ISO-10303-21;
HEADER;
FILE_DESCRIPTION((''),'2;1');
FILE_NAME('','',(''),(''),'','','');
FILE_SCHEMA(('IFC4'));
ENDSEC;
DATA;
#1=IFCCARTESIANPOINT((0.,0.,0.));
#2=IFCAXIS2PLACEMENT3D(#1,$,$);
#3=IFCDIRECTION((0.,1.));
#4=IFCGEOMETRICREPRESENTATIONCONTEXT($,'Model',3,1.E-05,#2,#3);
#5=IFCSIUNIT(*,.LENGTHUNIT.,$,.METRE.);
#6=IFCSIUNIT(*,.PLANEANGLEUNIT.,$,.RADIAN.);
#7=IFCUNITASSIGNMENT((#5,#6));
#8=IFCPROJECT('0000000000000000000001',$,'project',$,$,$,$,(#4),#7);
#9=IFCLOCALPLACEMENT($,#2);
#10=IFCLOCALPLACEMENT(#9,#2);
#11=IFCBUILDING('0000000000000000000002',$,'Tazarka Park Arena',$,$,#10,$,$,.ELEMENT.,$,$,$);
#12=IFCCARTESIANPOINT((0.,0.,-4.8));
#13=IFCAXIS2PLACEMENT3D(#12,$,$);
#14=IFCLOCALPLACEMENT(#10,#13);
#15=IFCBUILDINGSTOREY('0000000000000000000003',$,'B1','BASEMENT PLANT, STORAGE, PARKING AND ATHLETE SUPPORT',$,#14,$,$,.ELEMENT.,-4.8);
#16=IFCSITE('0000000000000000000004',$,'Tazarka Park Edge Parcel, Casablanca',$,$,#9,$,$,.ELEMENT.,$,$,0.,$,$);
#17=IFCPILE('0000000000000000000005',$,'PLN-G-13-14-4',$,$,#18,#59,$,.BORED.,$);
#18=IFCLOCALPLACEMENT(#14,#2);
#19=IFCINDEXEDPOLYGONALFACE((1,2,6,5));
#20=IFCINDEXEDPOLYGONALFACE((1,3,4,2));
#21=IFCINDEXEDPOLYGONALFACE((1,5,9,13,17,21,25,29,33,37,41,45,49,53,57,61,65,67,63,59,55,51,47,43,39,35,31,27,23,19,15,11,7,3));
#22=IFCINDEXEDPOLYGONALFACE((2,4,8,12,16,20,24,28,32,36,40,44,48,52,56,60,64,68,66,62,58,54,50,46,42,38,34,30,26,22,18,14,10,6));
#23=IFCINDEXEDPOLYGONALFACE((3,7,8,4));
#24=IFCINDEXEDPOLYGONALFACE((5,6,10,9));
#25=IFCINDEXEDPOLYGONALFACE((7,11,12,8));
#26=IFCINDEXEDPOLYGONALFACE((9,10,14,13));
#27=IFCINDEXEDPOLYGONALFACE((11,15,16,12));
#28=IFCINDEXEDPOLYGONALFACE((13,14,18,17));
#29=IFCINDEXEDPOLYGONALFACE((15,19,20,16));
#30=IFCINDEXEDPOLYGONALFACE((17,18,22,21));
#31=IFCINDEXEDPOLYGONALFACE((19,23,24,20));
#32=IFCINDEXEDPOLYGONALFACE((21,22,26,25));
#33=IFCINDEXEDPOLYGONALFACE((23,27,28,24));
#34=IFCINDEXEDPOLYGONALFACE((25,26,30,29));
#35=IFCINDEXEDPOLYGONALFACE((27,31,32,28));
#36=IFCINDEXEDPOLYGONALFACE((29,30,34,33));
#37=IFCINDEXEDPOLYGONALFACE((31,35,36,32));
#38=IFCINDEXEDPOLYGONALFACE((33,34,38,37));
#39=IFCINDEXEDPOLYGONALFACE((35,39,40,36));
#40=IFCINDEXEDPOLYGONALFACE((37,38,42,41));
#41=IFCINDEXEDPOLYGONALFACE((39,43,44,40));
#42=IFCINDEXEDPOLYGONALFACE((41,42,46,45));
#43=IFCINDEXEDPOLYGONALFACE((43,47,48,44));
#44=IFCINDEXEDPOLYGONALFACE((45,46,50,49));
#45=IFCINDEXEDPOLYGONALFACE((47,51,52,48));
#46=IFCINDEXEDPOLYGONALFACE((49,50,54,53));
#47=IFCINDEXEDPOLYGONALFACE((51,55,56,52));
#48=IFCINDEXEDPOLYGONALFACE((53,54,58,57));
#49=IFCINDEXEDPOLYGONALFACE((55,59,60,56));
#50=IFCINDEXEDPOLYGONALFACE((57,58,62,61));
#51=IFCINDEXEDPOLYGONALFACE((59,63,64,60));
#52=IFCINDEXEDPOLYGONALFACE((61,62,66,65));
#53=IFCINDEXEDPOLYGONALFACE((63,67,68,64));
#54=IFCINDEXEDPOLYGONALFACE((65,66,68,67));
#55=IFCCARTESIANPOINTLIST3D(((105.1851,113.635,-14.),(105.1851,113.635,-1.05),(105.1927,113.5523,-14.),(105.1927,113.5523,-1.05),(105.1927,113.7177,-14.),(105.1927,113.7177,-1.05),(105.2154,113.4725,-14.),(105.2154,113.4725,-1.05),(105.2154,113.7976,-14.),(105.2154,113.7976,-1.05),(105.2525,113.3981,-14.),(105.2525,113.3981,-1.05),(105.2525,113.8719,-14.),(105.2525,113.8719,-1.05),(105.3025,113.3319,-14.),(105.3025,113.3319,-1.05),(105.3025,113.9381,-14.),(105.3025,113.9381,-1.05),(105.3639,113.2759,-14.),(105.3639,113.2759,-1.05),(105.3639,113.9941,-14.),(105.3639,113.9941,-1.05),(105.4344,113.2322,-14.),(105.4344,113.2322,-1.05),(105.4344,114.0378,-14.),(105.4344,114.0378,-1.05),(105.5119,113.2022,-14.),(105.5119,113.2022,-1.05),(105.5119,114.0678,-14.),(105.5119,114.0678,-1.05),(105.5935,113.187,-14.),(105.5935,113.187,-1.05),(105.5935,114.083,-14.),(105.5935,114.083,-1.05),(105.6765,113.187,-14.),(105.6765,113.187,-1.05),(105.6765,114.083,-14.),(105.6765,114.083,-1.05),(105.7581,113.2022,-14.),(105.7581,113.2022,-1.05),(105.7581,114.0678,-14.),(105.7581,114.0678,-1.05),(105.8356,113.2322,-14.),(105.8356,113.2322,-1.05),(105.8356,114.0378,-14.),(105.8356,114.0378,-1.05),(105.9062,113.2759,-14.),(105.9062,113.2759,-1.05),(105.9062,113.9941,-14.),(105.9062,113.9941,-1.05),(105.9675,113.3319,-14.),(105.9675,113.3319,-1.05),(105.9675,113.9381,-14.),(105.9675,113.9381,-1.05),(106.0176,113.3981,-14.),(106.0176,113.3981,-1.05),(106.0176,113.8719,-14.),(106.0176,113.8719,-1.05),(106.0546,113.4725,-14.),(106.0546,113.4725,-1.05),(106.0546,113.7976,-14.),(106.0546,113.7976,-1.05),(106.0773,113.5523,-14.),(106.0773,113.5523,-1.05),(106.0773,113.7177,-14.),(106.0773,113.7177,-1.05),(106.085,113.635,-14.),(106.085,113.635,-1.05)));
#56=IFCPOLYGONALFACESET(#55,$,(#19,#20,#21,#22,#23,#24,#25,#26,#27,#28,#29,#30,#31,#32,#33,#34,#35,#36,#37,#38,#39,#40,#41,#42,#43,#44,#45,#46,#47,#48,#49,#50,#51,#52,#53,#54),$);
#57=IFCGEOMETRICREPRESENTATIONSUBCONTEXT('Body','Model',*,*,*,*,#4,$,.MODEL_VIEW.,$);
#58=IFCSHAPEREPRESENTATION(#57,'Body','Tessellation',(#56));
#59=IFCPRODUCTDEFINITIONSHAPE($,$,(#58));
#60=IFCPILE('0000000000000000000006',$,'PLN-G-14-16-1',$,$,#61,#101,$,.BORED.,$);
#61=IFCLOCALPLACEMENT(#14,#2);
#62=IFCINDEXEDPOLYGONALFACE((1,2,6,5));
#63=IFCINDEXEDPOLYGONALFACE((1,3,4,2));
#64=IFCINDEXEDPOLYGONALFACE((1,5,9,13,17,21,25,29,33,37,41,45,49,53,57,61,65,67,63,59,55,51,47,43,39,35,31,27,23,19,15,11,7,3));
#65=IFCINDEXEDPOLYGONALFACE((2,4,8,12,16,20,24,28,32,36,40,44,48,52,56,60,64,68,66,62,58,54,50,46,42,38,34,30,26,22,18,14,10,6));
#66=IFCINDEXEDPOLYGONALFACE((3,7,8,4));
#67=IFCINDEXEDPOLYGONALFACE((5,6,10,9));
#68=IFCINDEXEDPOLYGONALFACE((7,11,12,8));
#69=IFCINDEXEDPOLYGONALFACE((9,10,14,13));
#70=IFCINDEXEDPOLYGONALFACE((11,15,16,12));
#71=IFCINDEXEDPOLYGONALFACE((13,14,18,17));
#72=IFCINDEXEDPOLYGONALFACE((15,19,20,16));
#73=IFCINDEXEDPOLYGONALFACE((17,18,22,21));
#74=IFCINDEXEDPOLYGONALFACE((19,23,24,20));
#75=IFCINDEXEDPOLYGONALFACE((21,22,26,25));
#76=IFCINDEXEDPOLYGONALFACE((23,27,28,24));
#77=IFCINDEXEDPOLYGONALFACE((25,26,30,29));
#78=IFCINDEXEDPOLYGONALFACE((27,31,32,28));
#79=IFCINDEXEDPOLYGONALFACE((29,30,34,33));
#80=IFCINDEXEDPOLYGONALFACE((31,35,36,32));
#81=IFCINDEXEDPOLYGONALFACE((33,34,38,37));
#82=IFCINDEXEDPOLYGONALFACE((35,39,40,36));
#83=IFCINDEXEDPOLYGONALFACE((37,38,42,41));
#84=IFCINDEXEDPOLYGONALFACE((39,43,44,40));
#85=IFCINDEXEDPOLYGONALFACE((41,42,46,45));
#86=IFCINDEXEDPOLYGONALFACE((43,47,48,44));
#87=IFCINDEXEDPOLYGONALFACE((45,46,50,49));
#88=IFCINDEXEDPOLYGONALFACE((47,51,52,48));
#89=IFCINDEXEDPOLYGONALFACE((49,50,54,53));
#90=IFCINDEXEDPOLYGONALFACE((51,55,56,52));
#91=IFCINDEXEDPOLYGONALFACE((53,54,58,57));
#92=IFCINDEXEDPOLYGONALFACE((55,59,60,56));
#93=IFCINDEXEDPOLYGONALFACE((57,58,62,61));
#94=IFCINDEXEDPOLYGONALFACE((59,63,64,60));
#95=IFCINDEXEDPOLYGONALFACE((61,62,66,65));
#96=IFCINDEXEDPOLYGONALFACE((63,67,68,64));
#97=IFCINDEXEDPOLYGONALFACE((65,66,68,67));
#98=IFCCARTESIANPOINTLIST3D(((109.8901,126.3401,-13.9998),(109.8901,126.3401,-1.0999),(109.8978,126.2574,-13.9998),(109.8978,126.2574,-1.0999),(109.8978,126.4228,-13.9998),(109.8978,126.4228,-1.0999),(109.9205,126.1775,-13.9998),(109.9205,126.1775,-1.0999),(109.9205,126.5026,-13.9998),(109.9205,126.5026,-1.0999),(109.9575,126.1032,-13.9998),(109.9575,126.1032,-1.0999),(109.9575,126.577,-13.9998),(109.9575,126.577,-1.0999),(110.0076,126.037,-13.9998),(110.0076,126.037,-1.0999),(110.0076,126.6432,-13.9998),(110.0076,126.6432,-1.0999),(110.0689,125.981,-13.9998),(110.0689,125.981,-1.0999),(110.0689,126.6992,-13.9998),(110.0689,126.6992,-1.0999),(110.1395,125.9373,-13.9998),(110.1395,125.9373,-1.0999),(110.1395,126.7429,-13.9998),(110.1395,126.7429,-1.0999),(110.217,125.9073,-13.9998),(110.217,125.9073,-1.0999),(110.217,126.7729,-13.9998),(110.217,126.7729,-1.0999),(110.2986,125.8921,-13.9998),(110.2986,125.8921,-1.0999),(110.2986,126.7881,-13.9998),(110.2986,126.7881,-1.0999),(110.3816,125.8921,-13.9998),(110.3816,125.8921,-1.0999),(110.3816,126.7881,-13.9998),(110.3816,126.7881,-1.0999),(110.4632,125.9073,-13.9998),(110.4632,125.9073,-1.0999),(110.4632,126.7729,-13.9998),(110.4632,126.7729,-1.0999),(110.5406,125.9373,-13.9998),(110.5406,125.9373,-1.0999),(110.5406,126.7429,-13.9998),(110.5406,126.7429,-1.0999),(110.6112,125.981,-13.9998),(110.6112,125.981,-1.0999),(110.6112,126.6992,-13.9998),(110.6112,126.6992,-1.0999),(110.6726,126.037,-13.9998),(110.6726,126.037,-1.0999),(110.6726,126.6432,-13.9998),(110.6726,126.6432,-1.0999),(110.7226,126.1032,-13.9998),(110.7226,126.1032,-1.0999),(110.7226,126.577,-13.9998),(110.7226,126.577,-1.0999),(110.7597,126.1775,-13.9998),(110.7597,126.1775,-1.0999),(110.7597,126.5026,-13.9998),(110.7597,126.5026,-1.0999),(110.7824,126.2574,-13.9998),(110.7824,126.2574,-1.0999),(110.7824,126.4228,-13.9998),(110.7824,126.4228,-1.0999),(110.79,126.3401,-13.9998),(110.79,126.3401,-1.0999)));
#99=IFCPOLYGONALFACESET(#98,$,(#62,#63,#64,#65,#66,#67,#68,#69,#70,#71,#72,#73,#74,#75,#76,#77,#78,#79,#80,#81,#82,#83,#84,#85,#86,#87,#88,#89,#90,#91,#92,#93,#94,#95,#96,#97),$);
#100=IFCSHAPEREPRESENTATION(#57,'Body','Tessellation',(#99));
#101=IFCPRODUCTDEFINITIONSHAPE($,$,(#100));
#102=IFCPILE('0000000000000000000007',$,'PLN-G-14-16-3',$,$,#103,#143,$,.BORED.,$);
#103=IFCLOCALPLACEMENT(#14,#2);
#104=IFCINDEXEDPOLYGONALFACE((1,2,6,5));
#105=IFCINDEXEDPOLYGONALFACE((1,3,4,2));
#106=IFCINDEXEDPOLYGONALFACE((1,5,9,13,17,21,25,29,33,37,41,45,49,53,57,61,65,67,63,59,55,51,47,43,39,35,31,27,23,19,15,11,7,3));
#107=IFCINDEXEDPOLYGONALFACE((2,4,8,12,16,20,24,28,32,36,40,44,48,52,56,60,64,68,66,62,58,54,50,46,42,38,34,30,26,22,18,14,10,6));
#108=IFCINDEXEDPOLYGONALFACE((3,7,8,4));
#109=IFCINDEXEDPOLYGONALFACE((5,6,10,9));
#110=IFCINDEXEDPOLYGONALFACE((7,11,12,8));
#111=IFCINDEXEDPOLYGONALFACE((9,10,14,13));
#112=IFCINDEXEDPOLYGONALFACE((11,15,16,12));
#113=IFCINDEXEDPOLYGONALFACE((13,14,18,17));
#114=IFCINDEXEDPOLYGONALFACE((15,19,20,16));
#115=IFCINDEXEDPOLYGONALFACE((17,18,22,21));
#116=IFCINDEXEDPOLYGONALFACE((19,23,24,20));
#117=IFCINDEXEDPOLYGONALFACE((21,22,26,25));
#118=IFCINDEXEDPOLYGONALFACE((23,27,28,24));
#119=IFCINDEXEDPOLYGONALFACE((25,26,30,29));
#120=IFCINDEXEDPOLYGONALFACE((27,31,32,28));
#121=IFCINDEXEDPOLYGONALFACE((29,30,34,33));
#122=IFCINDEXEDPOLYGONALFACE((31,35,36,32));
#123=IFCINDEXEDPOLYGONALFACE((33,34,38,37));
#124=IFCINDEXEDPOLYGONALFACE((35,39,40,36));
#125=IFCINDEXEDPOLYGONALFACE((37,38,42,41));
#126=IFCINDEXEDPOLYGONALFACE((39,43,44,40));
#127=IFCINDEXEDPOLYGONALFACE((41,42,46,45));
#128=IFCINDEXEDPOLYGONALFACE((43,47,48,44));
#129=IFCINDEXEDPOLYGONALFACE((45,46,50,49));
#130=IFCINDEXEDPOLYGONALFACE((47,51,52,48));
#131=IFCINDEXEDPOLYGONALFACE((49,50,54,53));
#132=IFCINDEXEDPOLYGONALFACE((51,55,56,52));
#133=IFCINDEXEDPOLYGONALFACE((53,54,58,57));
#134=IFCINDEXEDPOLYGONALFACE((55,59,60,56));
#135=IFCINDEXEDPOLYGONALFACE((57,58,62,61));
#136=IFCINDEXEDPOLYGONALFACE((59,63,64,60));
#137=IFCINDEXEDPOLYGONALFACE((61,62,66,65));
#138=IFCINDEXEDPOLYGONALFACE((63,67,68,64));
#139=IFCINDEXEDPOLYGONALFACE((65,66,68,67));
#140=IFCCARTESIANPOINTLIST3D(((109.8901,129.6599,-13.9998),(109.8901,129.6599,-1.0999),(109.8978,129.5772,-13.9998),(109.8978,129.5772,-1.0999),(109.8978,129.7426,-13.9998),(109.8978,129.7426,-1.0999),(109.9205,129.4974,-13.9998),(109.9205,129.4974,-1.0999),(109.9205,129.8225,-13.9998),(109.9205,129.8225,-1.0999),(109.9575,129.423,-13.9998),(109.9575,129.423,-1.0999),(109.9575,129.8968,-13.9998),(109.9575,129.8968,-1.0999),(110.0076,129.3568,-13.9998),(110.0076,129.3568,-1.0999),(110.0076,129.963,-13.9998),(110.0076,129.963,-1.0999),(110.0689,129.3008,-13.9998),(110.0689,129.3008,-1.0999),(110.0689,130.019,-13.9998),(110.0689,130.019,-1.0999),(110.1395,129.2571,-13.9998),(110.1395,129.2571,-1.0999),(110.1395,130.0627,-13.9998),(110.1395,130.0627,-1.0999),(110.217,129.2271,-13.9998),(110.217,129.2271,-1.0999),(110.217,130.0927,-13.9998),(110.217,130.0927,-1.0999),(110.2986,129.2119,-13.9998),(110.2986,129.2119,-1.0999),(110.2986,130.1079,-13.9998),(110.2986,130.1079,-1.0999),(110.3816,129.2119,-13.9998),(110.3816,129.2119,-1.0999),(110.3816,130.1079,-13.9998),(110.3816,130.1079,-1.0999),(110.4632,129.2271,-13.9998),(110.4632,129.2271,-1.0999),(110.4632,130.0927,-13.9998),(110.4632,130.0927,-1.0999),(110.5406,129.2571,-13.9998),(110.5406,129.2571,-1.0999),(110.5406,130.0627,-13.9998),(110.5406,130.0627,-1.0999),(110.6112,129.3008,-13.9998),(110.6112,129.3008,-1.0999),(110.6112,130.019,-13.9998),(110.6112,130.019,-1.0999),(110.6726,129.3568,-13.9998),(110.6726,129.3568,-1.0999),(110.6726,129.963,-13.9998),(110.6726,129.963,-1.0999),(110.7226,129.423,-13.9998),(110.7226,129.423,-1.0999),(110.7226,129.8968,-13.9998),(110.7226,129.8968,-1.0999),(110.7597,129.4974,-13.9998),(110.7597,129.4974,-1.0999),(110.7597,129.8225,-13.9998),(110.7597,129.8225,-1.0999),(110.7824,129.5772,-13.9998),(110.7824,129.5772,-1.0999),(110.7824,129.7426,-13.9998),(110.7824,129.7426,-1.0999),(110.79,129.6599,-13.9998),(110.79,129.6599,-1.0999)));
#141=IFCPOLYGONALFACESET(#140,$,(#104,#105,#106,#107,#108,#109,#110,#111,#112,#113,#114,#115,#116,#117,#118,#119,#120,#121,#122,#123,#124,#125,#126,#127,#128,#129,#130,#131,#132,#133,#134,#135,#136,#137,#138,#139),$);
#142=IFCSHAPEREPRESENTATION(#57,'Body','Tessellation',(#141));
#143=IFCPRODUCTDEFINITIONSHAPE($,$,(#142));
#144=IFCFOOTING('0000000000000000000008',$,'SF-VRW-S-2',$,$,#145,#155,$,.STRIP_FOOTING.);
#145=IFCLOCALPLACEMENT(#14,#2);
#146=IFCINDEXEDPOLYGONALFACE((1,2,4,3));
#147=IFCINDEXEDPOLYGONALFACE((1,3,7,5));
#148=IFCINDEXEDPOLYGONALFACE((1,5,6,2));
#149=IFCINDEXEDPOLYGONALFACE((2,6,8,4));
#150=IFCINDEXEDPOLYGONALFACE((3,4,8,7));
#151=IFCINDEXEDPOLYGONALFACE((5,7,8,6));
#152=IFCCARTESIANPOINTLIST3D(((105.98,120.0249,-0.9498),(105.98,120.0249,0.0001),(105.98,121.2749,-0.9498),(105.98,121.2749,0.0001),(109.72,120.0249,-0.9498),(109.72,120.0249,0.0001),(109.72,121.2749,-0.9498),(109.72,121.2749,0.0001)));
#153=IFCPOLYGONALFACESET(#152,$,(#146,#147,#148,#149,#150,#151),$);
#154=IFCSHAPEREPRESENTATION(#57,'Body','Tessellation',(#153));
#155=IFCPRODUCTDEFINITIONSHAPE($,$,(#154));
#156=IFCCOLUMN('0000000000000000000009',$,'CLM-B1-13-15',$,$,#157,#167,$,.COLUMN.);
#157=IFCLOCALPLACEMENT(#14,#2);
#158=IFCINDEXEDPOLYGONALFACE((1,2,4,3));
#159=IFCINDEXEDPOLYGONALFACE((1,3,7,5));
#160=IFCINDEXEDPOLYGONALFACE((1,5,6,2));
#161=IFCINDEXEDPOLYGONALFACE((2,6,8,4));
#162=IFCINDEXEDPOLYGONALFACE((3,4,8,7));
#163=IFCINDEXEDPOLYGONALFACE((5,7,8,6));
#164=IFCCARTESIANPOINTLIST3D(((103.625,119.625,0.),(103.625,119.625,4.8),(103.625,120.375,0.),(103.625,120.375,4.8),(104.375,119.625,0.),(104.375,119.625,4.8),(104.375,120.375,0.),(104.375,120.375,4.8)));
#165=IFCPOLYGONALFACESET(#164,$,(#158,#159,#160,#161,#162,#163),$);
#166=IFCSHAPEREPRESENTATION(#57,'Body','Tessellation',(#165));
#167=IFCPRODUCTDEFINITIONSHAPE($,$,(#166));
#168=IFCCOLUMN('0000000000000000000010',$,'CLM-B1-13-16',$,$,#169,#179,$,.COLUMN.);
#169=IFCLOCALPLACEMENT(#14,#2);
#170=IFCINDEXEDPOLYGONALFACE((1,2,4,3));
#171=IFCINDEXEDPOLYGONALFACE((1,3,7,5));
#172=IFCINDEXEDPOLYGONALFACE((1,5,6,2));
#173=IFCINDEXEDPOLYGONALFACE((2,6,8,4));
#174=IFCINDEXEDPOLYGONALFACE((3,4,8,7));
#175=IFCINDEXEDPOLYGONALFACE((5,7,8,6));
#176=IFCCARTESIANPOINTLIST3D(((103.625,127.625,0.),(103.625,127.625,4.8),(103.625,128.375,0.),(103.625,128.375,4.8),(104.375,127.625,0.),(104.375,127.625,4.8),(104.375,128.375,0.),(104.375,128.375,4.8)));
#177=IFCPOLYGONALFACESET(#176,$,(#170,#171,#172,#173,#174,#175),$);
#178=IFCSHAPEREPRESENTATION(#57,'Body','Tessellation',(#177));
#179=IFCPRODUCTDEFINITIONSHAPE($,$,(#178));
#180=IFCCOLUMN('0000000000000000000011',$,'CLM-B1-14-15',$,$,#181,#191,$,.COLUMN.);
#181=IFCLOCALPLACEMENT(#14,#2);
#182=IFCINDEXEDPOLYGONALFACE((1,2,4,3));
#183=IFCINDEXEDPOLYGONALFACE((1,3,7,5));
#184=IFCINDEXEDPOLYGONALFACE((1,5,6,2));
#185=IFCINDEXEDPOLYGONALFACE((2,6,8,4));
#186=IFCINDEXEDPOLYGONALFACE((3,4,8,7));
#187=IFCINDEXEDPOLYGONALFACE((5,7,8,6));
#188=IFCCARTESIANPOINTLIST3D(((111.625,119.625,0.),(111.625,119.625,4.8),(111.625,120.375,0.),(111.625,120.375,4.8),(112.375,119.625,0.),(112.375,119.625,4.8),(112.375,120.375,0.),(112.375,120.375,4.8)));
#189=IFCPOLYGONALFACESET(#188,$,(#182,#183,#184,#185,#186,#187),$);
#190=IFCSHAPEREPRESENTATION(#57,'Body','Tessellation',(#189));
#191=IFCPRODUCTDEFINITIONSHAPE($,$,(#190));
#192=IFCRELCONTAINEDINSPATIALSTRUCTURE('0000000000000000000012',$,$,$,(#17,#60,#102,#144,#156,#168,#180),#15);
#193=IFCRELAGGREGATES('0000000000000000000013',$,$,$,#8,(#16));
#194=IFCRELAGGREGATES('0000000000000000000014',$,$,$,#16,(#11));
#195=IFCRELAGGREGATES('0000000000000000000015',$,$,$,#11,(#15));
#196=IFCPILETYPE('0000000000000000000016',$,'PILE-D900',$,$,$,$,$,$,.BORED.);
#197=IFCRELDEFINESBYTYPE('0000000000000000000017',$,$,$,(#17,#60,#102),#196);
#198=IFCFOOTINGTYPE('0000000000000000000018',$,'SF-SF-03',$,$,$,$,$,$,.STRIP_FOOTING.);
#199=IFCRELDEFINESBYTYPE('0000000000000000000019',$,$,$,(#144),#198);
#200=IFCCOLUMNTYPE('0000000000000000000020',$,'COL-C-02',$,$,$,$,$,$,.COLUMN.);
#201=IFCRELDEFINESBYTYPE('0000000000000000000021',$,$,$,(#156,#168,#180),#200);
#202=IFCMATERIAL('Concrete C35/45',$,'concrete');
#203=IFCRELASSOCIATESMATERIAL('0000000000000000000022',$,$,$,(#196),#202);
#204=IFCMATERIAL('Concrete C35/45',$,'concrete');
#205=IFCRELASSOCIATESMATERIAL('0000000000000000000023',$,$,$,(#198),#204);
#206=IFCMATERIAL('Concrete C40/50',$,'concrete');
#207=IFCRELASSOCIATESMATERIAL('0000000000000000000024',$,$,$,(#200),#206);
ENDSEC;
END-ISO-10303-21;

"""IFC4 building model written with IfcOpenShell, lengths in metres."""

from ifc_helpers import new_model, si_unit, direction, frame, origin, origin_2d, place, context, subcontext, project, spatial, rectangle, circle, extrude, material, material_profile, profile_set, type_object, element, save


model = new_model("IFC4")

# Units and contexts
model_context = context("Model", 3, precision=1e-05, world=origin(), true_north=direction((0.0, 1.0)))
body_context = subcontext(model_context, "Body", "Model", "MODEL_VIEW")
ifc_project = project(units=[si_unit("LENGTHUNIT", "METRE"), si_unit("PLANEANGLEUNIT", "RADIAN")], contexts=[model_context])

# Site, building, storey
site_placement = place(None, origin())
site = spatial("IfcSite", under=ifc_project, at=site_placement, Name="Tazarka Park Edge Parcel, Casablanca", CompositionType="ELEMENT", RefElevation=0.0)
building_placement = place(site_placement, origin())
building = spatial("IfcBuilding", under=site, at=building_placement, Name="Tazarka Park Arena", CompositionType="ELEMENT")
storey_placement = place(building_placement, frame((0.0, 0.0, -4.8)))
storey = spatial("IfcBuildingStorey", under=building, at=storey_placement, Name="B1", Description="BASEMENT PLANT, STORAGE, PARKING AND ATHLETE SUPPORT", CompositionType="ELEMENT", Elevation=-4.8)

# Piles
ifc_material_1 = material(Name="Concrete C35/45", Category="concrete")
ifc_material_profile_1 = material_profile(ifc_material_1, circle(Radius=0.45, at=origin_2d()), Name="Concrete C35/45")
ifc_profile_set_1 = profile_set([ifc_material_profile_1], Name="Concrete C35/45")
pile_type_1 = type_object("IfcPileType", Name="PILE-D900", PredefinedType="BORED", material=ifc_profile_set_1)
for number, where, z_axis, x_axis, name in (
    (1, (105.635, 113.635, -1.05), (0.0, 0.0, -1.0), (1.0, 0.0, 0.0), "PLN-G-13-14-4"),
):
    element("IfcPile", number, at=place(storey_placement, frame(where, z_axis=z_axis, x_axis=x_axis)), inside=storey, type_object=pile_type_1, Name=name, PredefinedType="BORED", context=body_context, shape_type="SweptSolid", body=[
        extrude(circle(Radius=0.45, at=origin_2d()), origin(), (0.0, 0.0, 1.0), 12.95),
    ])
for number, where, z_axis, x_axis, name in (
    (2, (110.3401, 126.3401, -1.0999), (0.0, 0.0, -1.0), (1.0, 0.0, 0.0), "PLN-G-14-16-1"),
    (3, (110.3401, 129.6599, -1.0999), (0.0, 0.0, -1.0), (1.0, 0.0, 0.0), "PLN-G-14-16-3"),
):
    element("IfcPile", number, at=place(storey_placement, frame(where, z_axis=z_axis, x_axis=x_axis)), inside=storey, type_object=pile_type_1, Name=name, PredefinedType="BORED", context=body_context, shape_type="SweptSolid", body=[
        extrude(circle(Radius=0.45, at=origin_2d()), origin(), (0.0, 0.0, 1.0), 12.8999),
    ])

# Footing
ifc_material_2 = material(Name="Concrete C35/45", Category="concrete")
ifc_material_profile_2 = material_profile(ifc_material_2, rectangle(XDim=1.25, YDim=0.95, at=origin_2d()), Name="Concrete C35/45")
ifc_profile_set_2 = profile_set([ifc_material_profile_2], Name="Concrete C35/45")
footing_type_1 = type_object("IfcFootingType", Name="SF-SF-03", PredefinedType="STRIP_FOOTING", material=ifc_profile_set_2)
footing_1_placement = place(storey_placement, frame((105.98, 120.6499, -0.4749), z_axis=(1.0, 0.0, 0.0), x_axis=(0.0, 1.0, 0.0)))
element("IfcFooting", 4, at=footing_1_placement, inside=storey, type_object=footing_type_1, Name="SF-VRW-S-2", PredefinedType="STRIP_FOOTING", context=body_context, shape_type="SweptSolid", body=[
    extrude(rectangle(XDim=1.25, YDim=0.95, at=origin_2d()), origin(), (0.0, 0.0, 1.0), 3.74),
])

# Columns
ifc_material_3 = material(Name="Concrete C40/50", Category="concrete")
ifc_material_profile_3 = material_profile(ifc_material_3, rectangle(XDim=0.75, YDim=0.75, at=origin_2d()), Name="Concrete C40/50")
ifc_profile_set_3 = profile_set([ifc_material_profile_3], Name="Concrete C40/50")
column_type = type_object("IfcColumnType", Name="COL-C-02", PredefinedType="COLUMN", material=ifc_profile_set_3)
for number, where, z_axis, x_axis, name in (
    (5, (104.0, 120.0, 0.0), (0.0, 0.0, 1.0), (1.0, 0.0, 0.0), "CLM-B1-13-15"),
    (6, (104.0, 128.0, 0.0), (0.0, 0.0, 1.0), (1.0, 0.0, 0.0), "CLM-B1-13-16"),
    (7, (112.0, 120.0, 0.0), (0.0, 0.0, 1.0), (1.0, 0.0, 0.0), "CLM-B1-14-15"),
):
    element("IfcColumn", number, at=place(storey_placement, frame(where, z_axis=z_axis, x_axis=x_axis)), inside=storey, type_object=column_type, Name=name, PredefinedType="COLUMN", context=body_context, shape_type="SweptSolid", body=[
        extrude(rectangle(XDim=0.75, YDim=0.75, at=origin_2d()), origin(), (0.0, 0.0, 1.0), 4.8),
    ])

save(model, "model.ifc")
